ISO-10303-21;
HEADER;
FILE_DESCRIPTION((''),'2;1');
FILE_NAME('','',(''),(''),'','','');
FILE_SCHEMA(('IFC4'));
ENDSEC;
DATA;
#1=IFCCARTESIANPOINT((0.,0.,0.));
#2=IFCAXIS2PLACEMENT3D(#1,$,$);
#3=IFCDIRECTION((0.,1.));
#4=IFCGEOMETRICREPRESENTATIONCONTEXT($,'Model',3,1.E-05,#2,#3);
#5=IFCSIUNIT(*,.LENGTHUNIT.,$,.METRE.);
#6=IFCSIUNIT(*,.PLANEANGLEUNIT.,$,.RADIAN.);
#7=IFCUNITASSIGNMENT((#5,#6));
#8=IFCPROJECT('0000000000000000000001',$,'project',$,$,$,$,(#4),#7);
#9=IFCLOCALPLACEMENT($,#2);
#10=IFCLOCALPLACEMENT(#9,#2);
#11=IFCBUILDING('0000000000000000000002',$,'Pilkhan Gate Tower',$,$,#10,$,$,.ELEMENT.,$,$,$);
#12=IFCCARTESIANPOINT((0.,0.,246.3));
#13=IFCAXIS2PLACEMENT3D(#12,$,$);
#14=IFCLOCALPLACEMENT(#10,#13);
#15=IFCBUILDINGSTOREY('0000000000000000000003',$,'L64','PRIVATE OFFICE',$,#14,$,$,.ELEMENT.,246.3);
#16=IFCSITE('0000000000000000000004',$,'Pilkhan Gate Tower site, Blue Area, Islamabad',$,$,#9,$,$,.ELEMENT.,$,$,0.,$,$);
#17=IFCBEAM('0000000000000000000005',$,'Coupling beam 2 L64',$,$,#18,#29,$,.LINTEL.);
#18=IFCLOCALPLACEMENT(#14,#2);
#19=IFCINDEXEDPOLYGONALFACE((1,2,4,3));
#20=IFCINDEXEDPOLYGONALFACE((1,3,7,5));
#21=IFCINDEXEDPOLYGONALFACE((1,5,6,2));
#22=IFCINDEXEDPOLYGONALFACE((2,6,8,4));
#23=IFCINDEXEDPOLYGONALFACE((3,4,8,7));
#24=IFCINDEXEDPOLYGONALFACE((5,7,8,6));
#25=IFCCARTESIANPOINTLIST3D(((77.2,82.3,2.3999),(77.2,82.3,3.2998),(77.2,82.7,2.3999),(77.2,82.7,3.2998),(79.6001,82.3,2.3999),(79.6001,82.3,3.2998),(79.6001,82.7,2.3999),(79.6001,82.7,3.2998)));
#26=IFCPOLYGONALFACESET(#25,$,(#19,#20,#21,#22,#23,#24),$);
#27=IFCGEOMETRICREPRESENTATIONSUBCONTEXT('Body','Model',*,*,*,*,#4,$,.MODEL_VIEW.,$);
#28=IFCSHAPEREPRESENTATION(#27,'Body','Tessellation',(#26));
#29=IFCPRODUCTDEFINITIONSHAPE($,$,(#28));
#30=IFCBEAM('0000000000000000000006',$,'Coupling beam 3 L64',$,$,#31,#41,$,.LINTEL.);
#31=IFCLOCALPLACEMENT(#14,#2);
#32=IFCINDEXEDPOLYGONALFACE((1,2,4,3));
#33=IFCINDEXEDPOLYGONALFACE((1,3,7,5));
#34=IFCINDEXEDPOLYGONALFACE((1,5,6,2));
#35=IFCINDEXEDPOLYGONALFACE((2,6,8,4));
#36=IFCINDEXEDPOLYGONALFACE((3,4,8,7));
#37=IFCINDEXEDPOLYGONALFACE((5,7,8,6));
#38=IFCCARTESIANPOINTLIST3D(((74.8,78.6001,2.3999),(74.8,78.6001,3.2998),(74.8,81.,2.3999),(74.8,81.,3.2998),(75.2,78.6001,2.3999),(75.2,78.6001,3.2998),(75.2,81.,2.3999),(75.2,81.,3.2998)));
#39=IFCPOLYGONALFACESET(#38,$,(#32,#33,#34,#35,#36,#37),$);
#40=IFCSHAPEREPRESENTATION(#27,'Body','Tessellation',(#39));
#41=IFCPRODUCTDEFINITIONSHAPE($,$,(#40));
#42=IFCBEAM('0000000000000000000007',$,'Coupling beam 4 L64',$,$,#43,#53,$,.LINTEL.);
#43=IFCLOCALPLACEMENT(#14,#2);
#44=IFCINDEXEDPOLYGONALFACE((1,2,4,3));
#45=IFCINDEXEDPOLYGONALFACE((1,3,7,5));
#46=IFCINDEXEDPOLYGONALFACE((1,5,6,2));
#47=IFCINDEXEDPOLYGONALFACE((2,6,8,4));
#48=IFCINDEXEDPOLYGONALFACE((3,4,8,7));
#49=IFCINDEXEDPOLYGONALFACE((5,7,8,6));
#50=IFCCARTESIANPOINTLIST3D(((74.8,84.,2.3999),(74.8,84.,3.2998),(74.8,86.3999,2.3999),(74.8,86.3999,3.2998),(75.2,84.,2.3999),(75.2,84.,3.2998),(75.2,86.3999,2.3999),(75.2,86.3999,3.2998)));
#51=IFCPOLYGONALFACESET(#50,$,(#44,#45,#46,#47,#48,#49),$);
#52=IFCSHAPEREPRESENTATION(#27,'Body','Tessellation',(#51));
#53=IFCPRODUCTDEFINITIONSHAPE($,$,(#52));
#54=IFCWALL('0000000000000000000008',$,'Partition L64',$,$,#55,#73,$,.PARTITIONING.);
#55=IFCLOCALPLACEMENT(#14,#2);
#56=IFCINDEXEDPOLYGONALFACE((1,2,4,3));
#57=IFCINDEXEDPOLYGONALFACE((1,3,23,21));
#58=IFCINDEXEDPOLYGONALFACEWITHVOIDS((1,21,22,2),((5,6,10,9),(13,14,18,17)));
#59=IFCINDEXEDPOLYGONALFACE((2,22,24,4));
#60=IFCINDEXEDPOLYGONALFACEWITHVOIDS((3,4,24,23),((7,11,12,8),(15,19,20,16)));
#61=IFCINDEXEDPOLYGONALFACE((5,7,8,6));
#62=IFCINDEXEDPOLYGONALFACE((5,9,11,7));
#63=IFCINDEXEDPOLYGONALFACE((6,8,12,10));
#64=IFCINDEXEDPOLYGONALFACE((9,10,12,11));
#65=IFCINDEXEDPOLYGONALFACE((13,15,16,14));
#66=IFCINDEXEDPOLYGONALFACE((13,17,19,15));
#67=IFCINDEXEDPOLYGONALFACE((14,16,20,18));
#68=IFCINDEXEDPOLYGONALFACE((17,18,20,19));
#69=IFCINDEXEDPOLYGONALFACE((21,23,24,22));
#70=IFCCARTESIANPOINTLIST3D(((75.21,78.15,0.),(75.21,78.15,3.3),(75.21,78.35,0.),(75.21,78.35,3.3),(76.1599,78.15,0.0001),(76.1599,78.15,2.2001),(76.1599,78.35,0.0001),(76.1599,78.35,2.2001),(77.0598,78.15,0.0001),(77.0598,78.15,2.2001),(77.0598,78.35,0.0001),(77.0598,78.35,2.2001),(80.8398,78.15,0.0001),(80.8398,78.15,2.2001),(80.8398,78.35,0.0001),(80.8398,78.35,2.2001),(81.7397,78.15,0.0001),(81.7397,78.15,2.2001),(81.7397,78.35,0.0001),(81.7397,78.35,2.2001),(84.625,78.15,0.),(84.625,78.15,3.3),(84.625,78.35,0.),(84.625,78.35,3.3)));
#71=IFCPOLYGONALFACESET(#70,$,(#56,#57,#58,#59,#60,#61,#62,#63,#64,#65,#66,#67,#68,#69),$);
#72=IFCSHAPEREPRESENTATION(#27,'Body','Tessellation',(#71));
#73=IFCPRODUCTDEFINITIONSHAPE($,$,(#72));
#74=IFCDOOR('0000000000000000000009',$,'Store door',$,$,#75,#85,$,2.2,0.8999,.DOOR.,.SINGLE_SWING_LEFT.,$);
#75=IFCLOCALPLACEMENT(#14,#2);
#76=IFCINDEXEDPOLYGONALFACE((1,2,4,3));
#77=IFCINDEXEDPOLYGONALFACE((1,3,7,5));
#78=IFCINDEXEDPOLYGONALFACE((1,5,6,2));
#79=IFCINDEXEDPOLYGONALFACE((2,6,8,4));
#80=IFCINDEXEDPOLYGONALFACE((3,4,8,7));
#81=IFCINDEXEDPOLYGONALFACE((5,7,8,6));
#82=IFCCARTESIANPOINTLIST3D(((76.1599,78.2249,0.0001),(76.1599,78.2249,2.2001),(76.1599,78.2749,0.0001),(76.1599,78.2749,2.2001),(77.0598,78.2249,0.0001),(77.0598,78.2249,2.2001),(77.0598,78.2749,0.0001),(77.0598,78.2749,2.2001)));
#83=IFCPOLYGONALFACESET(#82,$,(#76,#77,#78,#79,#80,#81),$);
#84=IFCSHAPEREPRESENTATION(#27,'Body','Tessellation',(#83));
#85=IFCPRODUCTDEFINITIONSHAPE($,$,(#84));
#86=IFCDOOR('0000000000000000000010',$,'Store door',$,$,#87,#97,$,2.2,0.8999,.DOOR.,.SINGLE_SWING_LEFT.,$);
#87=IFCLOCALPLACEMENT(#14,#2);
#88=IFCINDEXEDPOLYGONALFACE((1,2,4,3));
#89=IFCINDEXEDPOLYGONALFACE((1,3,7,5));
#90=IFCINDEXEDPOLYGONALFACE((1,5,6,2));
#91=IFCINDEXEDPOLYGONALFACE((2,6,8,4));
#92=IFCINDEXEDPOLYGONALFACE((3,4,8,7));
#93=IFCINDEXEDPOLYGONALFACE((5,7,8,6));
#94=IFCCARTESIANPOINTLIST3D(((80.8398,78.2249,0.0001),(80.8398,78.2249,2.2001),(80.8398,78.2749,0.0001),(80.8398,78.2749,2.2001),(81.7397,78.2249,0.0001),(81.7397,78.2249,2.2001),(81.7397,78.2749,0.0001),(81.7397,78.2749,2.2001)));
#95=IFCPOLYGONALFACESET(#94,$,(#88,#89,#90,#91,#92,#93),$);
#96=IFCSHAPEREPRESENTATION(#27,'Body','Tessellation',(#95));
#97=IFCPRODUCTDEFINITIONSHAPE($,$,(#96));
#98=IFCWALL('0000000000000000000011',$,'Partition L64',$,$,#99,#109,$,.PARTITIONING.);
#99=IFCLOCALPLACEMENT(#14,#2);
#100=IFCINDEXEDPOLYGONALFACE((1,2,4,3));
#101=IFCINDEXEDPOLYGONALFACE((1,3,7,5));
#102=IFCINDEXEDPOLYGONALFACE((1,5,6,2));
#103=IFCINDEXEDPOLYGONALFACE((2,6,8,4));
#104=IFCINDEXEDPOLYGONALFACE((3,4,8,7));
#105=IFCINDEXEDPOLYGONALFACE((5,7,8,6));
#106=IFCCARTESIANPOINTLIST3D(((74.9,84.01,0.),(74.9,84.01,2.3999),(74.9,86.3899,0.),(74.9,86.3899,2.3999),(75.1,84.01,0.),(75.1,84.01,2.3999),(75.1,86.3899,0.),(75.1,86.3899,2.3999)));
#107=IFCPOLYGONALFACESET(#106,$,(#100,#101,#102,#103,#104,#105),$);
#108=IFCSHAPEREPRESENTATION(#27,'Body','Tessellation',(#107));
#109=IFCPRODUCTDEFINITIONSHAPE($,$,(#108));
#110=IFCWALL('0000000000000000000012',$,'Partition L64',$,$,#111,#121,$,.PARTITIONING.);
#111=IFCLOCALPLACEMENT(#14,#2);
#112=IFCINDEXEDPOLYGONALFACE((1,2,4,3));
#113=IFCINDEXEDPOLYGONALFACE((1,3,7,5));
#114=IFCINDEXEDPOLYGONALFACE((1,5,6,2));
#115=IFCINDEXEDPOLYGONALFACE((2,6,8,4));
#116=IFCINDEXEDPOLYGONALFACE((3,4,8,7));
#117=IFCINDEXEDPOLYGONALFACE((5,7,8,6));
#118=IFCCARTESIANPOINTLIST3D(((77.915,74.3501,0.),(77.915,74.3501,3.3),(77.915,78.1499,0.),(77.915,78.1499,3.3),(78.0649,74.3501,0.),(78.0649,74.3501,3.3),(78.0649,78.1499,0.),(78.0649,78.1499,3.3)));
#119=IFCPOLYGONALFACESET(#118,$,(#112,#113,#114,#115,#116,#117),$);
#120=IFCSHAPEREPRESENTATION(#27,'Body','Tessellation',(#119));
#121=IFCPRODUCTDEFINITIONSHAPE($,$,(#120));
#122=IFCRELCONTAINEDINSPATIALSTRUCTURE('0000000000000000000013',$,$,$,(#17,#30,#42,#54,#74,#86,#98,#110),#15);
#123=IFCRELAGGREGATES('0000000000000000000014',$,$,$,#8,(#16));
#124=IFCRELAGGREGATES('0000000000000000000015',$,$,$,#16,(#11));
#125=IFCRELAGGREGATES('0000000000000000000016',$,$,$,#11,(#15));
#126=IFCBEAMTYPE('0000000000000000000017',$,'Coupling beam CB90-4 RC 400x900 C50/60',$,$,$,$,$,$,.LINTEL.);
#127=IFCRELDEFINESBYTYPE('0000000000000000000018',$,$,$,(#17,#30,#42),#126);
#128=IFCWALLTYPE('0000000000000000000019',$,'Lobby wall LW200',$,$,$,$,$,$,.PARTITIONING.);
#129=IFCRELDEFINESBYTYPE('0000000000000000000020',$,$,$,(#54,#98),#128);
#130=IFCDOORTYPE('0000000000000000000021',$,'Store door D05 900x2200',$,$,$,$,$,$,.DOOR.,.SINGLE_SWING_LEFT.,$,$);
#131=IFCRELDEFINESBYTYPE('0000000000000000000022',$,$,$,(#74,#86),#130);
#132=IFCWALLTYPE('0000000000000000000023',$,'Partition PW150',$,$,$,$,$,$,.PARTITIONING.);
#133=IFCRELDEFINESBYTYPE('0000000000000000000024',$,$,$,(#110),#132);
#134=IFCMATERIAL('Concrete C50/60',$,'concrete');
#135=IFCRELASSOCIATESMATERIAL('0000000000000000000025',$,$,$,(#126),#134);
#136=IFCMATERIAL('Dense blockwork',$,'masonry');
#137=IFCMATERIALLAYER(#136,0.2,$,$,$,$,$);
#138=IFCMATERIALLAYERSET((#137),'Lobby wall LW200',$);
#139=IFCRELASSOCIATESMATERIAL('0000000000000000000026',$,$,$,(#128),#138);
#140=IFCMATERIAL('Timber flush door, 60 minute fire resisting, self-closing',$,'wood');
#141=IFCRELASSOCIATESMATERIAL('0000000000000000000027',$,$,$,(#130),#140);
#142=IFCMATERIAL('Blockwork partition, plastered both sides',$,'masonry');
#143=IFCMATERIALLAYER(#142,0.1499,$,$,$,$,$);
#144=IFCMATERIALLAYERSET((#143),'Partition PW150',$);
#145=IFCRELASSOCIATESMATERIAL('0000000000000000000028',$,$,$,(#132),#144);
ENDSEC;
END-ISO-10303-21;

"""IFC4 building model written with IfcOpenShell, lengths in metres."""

from ifc_helpers import new_model, si_unit, direction, frame, frame_2d, origin, origin_2d, place, context, subcontext, project, spatial, rectangle, extrude, material, layer, layer_set, material_profile, profile_set, type_object, element, fill, save


model = new_model("IFC4")

# Units and contexts
model_context = context("Model", 3, precision=1e-05, world=origin(), true_north=direction((0.0, 1.0)))
body_context = subcontext(model_context, "Body", "Model", "MODEL_VIEW")
ifc_project = project(units=[si_unit("LENGTHUNIT", "METRE"), si_unit("PLANEANGLEUNIT", "RADIAN")], contexts=[model_context])

# Site, building, storey
site_placement = place(None, origin())
site = spatial("IfcSite", under=ifc_project, at=site_placement, Name="Pilkhan Gate Tower site, Blue Area, Islamabad", CompositionType="ELEMENT", RefElevation=0.0)
building_placement = place(site_placement, origin())
building = spatial("IfcBuilding", under=site, at=building_placement, Name="Pilkhan Gate Tower", CompositionType="ELEMENT")
storey_placement = place(building_placement, frame((0.0, 0.0, 246.3)))
storey = spatial("IfcBuildingStorey", under=building, at=storey_placement, Name="L64", Description="PRIVATE OFFICE", CompositionType="ELEMENT", Elevation=246.3)

# Beams
ifc_material_1 = material(Name="Concrete C50/60", Category="concrete")
ifc_material_profile = material_profile(ifc_material_1, rectangle(XDim=0.3999, YDim=0.8999, at=origin_2d()), Name="RC 400x900")
ifc_profile_set = profile_set([ifc_material_profile], Name="Concrete C50/60")
beam_type = type_object("IfcBeamType", Name="Coupling beam CB90-4 RC 400x900 C50/60", PredefinedType="LINTEL", material=ifc_profile_set)
beam_placement = place(storey_placement, frame((77.2, 82.5, 2.8499), z_axis=(1.0, 0.0, 0.0), x_axis=(0.0, 1.0, 0.0)))
element("IfcBeam", 1, at=beam_placement, inside=storey, type_object=beam_type, Name="Coupling beam 2 L64", PredefinedType="LINTEL", context=body_context, shape_type="SweptSolid", body=[
    extrude(rectangle(XDim=0.3999, YDim=0.8999, at=origin_2d()), origin(), (0.0, 0.0, 1.0), 2.4001),
])
for number, where, z_axis, x_axis, name in (
    (2, (75.0, 78.6001, 2.8499), (0.0, 1.0, 0.0), (-1.0, 0.0, 0.0), "Coupling beam 3 L64"),
    (3, (75.0, 84.0, 2.8499), (0.0, 1.0, 0.0), (-1.0, 0.0, 0.0), "Coupling beam 4 L64"),
):
    element("IfcBeam", number, at=place(storey_placement, frame(where, z_axis=z_axis, x_axis=x_axis)), inside=storey, type_object=beam_type, Name=name, PredefinedType="LINTEL", context=body_context, shape_type="SweptSolid", body=[
        extrude(rectangle(XDim=0.3999, YDim=0.8999, at=origin_2d()), origin(), (0.0, 0.0, 1.0), 2.3999),
    ])

# Wall, openings, doors
ifc_material_2 = material(Name="Dense blockwork", Category="masonry")
ifc_layer_1 = layer(ifc_material_2, 0.2)
ifc_layer_set_1 = layer_set([ifc_layer_1], Name="Lobby wall LW200")
wall_type_1 = type_object("IfcWallType", Name="Lobby wall LW200", PredefinedType="PARTITIONING", material=ifc_layer_set_1)
wall_1_placement = place(storey_placement, frame((75.21, 78.25, 0.0), z_axis=(0.0, 0.0, 1.0), x_axis=(1.0, 0.0, 0.0)))
wall_1 = element("IfcWall", 4, at=wall_1_placement, inside=storey, type_object=wall_type_1, Name="Partition L64", PredefinedType="PARTITIONING", context=body_context, shape_type="SweptSolid", body=[
    extrude(rectangle(XDim=9.415, YDim=0.2, at=frame_2d((4.7075, 0.0))), origin(), (0.0, 0.0, 1.0), 3.3),
])
opening_1_placement = place(wall_1_placement, frame((0.95, 0.0, 0.0)))
opening_1 = element("IfcOpeningElement", 5, at=opening_1_placement, cuts=wall_1, PredefinedType="OPENING", context=body_context, shape_type="SweptSolid", body=[
    extrude(rectangle(XDim=0.8999, YDim=2.2, at=frame_2d((0.45, 1.1001))), frame((0.0, 0.1099, 0.0), z_axis=(0.0, -1.0, 0.0), x_axis=(1.0, 0.0, 0.0)), (0.0, 0.0, 1.0), 0.22),
])
opening_2_placement = place(wall_1_placement, frame((5.6299, 0.0, 0.0)))
opening_2 = element("IfcOpeningElement", 6, at=opening_2_placement, cuts=wall_1, PredefinedType="OPENING", context=body_context, shape_type="SweptSolid", body=[
    extrude(rectangle(XDim=0.8999, YDim=2.2, at=frame_2d((0.45, 1.1001))), frame((0.0, 0.1099, 0.0), z_axis=(0.0, -1.0, 0.0), x_axis=(1.0, 0.0, 0.0)), (0.0, 0.0, 1.0), 0.22),
])
ifc_material_3 = material(Name="Timber flush door, 60 minute fire resisting, self-closing", Category="wood")
door_type_1 = type_object("IfcDoorType", Name="Store door D05 900x2200", OperationType="SINGLE_SWING_LEFT", PredefinedType="DOOR", material=ifc_material_3)
door_1_placement = place(opening_1_placement, origin())
door_1 = element("IfcDoor", 7, at=door_1_placement, inside=storey, type_object=door_type_1, Name="Store door", OperationType="SINGLE_SWING_LEFT", OverallHeight=2.2, OverallWidth=0.8999, PredefinedType="DOOR", context=body_context, shape_type="SweptSolid", body=[
    extrude(rectangle(XDim=0.8999, YDim=2.2, at=frame_2d((0.45, 1.1001))), frame((0.0, 0.0249, 0.0), z_axis=(0.0, -1.0, 0.0), x_axis=(1.0, 0.0, 0.0)), (0.0, 0.0, 1.0), 0.05),
])
fill(opening_1, door_1)
door_2_placement = place(opening_2_placement, origin())
door_2 = element("IfcDoor", 8, at=door_2_placement, inside=storey, type_object=door_type_1, Name="Store door", OperationType="SINGLE_SWING_LEFT", OverallHeight=2.2, OverallWidth=0.8999, PredefinedType="DOOR", context=body_context, shape_type="SweptSolid", body=[
    extrude(rectangle(XDim=0.8999, YDim=2.2, at=frame_2d((0.45, 1.1001))), frame((0.0, 0.0249, 0.0), z_axis=(0.0, -1.0, 0.0), x_axis=(1.0, 0.0, 0.0)), (0.0, 0.0, 1.0), 0.05),
])
fill(opening_2, door_2)

# Walls
wall_2_placement = place(storey_placement, frame((75.0, 84.01, 0.0), z_axis=(0.0, 0.0, 1.0), x_axis=(0.0, 1.0, 0.0)))
element("IfcWall", 9, at=wall_2_placement, inside=storey, type_object=wall_type_1, Name="Partition L64", PredefinedType="PARTITIONING", context=body_context, shape_type="SweptSolid", body=[
    extrude(rectangle(XDim=2.3799, YDim=0.2, at=frame_2d((1.1899, 0.0))), origin(), (0.0, 0.0, 1.0), 2.3999),
])
ifc_material_4 = material(Name="Blockwork partition, plastered both sides", Category="masonry")
ifc_layer_2 = layer(ifc_material_4, 0.1499)
ifc_layer_set_2 = layer_set([ifc_layer_2], Name="Partition PW150")
wall_type_2 = type_object("IfcWallType", Name="Partition PW150", PredefinedType="PARTITIONING", material=ifc_layer_set_2)
wall_3_placement = place(storey_placement, frame((77.99, 74.3501, 0.0), z_axis=(0.0, 0.0, 1.0), x_axis=(0.0, 1.0, 0.0)))
element("IfcWall", 10, at=wall_3_placement, inside=storey, type_object=wall_type_2, Name="Partition L64", PredefinedType="PARTITIONING", context=body_context, shape_type="SweptSolid", body=[
    extrude(rectangle(XDim=3.7998, YDim=0.1499, at=frame_2d((1.8999, 0.0))), origin(), (0.0, 0.0, 1.0), 3.3),
])

save(model, "model.ifc")
